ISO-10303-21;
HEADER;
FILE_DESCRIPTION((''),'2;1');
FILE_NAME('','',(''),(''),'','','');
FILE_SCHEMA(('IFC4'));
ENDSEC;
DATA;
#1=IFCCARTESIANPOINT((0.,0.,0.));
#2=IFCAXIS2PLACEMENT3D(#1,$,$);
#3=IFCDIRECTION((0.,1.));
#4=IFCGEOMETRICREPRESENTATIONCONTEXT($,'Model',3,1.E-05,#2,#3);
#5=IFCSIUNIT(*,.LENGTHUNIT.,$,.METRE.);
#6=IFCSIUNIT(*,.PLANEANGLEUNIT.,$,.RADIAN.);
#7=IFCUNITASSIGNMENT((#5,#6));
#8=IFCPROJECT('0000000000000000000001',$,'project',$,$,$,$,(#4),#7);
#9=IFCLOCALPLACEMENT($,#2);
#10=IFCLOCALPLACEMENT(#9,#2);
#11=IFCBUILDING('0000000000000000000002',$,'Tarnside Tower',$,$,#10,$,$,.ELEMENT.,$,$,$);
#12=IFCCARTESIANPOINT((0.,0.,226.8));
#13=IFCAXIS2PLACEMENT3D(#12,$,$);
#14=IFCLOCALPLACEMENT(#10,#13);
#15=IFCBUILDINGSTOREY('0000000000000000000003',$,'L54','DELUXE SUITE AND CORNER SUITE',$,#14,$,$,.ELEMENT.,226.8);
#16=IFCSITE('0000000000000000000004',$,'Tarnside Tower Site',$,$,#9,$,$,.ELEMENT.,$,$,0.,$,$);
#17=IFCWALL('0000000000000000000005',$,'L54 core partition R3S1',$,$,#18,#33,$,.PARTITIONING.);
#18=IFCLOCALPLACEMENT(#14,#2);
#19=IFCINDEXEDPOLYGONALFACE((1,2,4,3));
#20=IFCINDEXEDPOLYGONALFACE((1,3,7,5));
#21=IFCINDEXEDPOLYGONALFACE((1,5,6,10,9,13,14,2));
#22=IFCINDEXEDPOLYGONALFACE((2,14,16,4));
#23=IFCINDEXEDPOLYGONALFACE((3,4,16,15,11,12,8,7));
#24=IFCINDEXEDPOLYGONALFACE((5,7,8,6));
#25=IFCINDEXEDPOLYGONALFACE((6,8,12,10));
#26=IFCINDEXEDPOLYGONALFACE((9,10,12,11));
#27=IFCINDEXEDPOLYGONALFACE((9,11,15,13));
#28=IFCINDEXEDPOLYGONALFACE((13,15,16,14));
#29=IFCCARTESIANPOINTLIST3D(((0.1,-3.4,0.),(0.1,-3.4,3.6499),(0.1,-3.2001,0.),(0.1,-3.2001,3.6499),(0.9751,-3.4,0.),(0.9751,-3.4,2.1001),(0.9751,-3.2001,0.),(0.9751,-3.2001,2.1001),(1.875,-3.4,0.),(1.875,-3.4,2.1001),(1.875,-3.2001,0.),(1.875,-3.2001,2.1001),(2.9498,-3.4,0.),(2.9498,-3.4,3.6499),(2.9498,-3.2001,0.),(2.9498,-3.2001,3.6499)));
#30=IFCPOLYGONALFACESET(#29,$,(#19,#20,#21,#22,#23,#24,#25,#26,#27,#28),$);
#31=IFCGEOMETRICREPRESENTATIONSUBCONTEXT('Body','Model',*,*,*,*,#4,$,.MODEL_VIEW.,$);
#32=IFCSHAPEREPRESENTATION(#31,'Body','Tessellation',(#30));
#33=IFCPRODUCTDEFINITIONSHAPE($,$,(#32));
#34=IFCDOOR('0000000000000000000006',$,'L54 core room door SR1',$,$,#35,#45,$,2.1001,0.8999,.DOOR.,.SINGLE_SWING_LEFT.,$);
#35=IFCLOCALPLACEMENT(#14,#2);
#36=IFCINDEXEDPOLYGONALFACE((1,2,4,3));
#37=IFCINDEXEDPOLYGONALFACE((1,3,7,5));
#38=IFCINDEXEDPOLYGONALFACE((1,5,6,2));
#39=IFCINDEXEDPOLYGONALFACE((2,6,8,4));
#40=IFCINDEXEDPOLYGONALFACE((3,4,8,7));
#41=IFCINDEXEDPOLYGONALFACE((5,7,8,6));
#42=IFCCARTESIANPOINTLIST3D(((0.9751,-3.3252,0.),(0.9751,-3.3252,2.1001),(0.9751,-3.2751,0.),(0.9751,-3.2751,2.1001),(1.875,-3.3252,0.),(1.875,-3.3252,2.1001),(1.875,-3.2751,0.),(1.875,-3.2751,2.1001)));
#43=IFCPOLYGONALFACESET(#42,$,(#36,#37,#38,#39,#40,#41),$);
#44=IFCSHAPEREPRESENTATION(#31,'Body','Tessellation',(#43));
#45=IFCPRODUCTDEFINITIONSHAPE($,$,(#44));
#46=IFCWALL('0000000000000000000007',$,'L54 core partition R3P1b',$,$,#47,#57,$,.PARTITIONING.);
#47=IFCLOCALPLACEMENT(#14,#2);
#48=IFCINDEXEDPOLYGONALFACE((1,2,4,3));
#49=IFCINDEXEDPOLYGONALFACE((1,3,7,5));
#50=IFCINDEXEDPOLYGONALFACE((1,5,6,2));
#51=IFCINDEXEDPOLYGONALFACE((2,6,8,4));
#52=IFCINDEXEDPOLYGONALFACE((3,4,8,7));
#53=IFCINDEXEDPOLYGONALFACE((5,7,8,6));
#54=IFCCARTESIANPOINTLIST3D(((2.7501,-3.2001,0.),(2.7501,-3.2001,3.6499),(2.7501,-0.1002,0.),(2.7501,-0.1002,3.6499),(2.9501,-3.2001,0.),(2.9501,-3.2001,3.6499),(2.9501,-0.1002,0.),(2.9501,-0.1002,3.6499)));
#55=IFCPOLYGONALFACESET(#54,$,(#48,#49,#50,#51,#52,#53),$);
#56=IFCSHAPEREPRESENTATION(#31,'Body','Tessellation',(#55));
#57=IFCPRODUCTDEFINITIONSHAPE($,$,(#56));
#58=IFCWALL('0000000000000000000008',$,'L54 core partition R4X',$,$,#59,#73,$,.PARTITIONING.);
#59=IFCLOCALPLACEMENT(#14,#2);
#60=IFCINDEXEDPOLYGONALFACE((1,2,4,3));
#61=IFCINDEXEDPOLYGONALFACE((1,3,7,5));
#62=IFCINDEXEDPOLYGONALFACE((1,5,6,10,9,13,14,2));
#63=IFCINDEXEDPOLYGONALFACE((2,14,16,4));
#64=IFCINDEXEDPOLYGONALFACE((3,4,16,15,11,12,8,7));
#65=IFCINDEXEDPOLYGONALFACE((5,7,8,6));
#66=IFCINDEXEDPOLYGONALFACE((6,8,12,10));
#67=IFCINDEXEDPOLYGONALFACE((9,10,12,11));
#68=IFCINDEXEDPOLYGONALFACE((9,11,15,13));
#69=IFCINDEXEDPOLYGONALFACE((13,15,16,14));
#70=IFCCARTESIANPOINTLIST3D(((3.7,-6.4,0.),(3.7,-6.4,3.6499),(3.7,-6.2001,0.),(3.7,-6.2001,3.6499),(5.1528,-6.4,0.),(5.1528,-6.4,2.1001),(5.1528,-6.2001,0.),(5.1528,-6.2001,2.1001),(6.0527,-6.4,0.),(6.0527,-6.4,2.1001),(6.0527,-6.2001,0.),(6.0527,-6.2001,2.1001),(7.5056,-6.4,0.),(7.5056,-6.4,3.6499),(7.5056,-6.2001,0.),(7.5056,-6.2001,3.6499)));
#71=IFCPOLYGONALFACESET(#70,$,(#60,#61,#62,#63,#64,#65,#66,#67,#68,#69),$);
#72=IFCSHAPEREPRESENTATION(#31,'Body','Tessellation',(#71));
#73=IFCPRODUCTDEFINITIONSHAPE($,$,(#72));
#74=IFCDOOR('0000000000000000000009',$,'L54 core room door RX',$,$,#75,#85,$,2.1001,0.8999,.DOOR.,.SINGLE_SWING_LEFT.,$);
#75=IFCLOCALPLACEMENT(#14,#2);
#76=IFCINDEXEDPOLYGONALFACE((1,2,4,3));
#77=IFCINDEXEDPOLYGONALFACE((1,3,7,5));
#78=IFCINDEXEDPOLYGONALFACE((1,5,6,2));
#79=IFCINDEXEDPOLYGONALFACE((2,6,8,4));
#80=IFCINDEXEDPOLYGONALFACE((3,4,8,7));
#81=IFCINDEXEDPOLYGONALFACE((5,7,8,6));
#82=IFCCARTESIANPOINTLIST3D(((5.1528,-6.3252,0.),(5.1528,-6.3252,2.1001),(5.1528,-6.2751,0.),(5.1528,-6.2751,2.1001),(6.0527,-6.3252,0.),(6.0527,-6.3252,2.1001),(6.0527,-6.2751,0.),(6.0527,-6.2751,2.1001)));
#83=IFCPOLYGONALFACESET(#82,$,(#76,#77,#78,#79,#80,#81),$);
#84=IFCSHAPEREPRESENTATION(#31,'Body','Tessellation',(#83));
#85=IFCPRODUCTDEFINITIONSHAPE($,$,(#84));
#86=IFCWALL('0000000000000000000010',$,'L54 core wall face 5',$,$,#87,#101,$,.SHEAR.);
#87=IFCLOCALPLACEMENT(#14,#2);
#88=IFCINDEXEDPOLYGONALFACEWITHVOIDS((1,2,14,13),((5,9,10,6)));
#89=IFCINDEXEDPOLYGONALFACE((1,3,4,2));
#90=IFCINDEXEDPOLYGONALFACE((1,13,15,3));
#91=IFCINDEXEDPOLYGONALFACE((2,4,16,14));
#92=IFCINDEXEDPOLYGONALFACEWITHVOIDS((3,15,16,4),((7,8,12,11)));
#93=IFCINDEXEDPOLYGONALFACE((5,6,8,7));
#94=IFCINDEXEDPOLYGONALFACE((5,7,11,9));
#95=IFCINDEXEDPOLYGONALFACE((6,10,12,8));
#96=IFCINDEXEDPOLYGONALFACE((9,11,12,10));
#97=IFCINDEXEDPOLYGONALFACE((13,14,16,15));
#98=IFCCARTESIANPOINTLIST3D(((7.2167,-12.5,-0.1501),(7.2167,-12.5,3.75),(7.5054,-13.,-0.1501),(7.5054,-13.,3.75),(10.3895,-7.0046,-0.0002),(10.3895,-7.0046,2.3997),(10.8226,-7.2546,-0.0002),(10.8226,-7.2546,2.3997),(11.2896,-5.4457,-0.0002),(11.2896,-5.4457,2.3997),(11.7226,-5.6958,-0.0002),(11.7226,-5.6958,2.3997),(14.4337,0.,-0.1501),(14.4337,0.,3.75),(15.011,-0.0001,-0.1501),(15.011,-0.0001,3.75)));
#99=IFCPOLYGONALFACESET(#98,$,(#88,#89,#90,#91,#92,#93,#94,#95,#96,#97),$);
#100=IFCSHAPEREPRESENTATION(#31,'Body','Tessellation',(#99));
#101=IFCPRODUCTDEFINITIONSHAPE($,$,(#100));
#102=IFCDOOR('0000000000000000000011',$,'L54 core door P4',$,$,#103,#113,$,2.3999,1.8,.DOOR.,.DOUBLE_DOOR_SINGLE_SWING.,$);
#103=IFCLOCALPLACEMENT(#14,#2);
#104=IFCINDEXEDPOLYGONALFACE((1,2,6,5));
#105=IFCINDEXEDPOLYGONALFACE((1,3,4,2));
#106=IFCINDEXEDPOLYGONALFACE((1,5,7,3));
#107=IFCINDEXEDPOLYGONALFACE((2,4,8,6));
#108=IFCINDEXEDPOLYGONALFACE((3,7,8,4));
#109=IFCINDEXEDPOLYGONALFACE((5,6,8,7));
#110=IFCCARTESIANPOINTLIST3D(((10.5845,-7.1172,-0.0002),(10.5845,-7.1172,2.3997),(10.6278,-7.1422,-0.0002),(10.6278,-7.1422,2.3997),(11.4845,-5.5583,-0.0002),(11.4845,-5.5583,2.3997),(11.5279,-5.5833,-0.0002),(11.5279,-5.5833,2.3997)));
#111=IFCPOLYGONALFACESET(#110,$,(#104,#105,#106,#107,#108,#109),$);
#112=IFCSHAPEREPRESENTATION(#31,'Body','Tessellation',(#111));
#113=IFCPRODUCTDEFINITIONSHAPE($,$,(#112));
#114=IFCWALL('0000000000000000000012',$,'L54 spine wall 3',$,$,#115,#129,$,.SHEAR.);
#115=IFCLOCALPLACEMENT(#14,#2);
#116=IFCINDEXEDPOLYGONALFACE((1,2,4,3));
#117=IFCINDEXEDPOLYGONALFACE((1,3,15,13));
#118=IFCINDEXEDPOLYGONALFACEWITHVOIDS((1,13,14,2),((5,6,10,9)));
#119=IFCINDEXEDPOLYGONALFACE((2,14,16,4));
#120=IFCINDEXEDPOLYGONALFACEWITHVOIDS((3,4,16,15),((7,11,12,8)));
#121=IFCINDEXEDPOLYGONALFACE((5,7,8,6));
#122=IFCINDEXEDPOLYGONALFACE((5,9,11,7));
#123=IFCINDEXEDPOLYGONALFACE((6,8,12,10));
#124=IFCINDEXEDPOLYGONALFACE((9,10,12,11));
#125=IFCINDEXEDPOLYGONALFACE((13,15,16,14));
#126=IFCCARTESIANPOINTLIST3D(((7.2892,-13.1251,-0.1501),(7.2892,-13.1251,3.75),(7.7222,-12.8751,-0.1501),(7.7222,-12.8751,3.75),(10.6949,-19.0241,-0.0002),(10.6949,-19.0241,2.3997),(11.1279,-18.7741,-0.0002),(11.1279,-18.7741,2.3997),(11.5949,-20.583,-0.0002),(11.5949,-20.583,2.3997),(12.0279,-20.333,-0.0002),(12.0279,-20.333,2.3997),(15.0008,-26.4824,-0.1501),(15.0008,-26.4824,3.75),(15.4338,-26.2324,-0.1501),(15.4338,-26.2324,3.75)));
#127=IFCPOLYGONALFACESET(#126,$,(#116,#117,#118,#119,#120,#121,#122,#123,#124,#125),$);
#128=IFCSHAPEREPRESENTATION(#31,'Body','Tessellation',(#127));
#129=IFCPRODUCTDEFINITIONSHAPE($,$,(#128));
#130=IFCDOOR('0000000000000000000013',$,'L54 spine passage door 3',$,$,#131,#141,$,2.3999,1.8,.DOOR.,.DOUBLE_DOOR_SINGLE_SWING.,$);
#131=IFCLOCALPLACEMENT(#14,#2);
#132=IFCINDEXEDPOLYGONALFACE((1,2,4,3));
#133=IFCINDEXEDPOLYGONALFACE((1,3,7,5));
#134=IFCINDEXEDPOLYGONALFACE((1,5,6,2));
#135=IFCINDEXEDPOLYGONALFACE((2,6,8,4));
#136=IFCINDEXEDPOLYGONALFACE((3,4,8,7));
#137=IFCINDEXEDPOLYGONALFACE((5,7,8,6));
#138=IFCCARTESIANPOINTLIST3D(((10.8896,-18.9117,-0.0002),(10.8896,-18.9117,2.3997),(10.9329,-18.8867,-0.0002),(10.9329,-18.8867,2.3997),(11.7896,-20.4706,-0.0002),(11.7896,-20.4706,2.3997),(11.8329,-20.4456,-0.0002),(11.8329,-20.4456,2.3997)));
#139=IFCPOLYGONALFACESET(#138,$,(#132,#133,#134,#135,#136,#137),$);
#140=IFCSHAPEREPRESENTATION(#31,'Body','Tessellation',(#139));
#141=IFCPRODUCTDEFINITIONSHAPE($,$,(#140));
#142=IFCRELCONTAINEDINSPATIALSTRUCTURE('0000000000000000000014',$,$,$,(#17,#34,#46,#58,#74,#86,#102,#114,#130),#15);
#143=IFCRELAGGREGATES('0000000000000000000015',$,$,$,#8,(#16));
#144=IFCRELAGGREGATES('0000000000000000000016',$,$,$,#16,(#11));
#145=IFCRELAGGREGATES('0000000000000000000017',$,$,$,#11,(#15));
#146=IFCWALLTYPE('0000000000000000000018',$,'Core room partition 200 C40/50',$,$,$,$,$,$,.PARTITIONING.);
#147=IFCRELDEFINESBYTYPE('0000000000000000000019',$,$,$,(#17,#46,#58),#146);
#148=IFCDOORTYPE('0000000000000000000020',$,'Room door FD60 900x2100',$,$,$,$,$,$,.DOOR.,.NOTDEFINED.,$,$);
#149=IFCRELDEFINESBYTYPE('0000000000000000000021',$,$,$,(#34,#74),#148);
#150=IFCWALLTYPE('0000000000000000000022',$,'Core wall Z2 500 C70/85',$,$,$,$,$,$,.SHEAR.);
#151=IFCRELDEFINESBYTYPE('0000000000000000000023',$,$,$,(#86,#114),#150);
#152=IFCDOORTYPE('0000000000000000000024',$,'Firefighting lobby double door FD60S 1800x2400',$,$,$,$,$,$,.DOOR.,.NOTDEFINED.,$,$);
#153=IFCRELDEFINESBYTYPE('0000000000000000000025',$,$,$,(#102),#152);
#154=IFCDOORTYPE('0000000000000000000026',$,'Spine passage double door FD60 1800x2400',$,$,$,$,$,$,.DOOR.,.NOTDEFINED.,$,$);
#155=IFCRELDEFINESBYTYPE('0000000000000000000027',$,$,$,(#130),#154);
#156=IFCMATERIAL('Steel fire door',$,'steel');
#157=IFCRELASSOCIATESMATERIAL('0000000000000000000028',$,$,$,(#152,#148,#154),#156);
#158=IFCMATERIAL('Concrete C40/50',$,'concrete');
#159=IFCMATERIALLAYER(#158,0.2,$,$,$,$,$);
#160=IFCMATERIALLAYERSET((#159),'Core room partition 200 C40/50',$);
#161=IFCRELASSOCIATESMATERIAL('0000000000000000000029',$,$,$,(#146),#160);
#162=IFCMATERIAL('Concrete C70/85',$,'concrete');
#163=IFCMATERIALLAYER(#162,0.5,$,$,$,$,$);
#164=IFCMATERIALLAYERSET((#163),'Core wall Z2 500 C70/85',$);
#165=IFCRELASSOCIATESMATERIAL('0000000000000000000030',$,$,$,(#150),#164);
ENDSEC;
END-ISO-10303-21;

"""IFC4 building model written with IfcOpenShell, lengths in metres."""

from ifc_helpers import new_model, si_unit, direction, frame, frame_2d, origin, place, context, subcontext, project, spatial, polyline, rectangle, outline, extrude, material, layer, layer_set, type_object, element, fill, save


model = new_model("IFC4")

# Units and contexts
model_context = context("Model", 3, precision=1e-05, world=origin(), true_north=direction((0.0, 1.0)))
body_context = subcontext(model_context, "Body", "Model", "MODEL_VIEW")
ifc_project = project(units=[si_unit("LENGTHUNIT", "METRE"), si_unit("PLANEANGLEUNIT", "RADIAN")], contexts=[model_context])

# Site, building, storey
site_placement = place(None, origin())
site = spatial("IfcSite", under=ifc_project, at=site_placement, Name="Tarnside Tower Site", CompositionType="ELEMENT", RefElevation=0.0)
building_placement = place(site_placement, origin())
building = spatial("IfcBuilding", under=site, at=building_placement, Name="Tarnside Tower", CompositionType="ELEMENT")
storey_placement = place(building_placement, frame((0.0, 0.0, 226.8)))
storey = spatial("IfcBuildingStorey", under=building, at=storey_placement, Name="L54", Description="DELUXE SUITE AND CORNER SUITE", CompositionType="ELEMENT", Elevation=226.8)

# Shared definitions
ifc_material_1 = material(Name="Concrete C40/50", Category="concrete")

# Wall, opening, door
ifc_material_2 = material(Name="Steel fire door", Category="steel")
door_type_1 = type_object("IfcDoorType", Name="Firefighting lobby double door FD60S 1800x2400", OperationType="NOTDEFINED", PredefinedType="DOOR", material=ifc_material_2)
ifc_layer_1 = layer(ifc_material_1, 0.2)
ifc_layer_set_1 = layer_set([ifc_layer_1], Name="Core room partition 200 C40/50")
wall_type_1 = type_object("IfcWallType", Name="Core room partition 200 C40/50", PredefinedType="PARTITIONING", material=ifc_layer_set_1)
wall_1_placement = place(storey_placement, frame((0.1001, -3.3, 0.0), z_axis=(0.0, 0.0, 1.0), x_axis=(1.0, 0.0, 0.0)))
wall_1 = element("IfcWall", 1, at=wall_1_placement, inside=storey, type_object=wall_type_1, Name="L54 core partition R3S1", PredefinedType="PARTITIONING", context=body_context, shape_type="SweptSolid", body=[
    extrude(rectangle(XDim=2.8499, YDim=0.2, at=frame_2d((1.4248, 0.0))), origin(), (0.0, 0.0, 1.0), 3.6499),
])
opening_1_placement = place(wall_1_placement, frame((0.875, 0.0, 0.0)))
opening_1 = element("IfcOpeningElement", 2, at=opening_1_placement, cuts=wall_1, PredefinedType="OPENING", context=body_context, shape_type="SweptSolid", body=[
    extrude(rectangle(XDim=0.8999, YDim=2.1001, at=frame_2d((0.45, 1.05))), frame((0.0, 0.1099, 0.0), z_axis=(0.0, -1.0, 0.0), x_axis=(1.0, 0.0, 0.0)), (0.0, 0.0, 1.0), 0.22),
])
door_type_2 = type_object("IfcDoorType", Name="Room door FD60 900x2100", OperationType="NOTDEFINED", PredefinedType="DOOR", material=ifc_material_2)
door_1_placement = place(opening_1_placement, origin())
door_1 = element("IfcDoor", 3, at=door_1_placement, inside=storey, type_object=door_type_2, Name="L54 core room door SR1", OperationType="SINGLE_SWING_LEFT", OverallHeight=2.1001, OverallWidth=0.8999, PredefinedType="DOOR", context=body_context, shape_type="SweptSolid", body=[
    extrude(rectangle(XDim=0.8999, YDim=2.1001, at=frame_2d((0.45, 1.05))), frame((0.0, 0.0249, 0.0), z_axis=(0.0, -1.0, 0.0), x_axis=(1.0, 0.0, 0.0)), (0.0, 0.0, 1.0), 0.05),
])
fill(opening_1, door_1)

# Wall
wall_2_placement = place(storey_placement, frame((2.8501, -3.2, 0.0), z_axis=(0.0, 0.0, 1.0), x_axis=(0.0, 1.0, 0.0)))
element("IfcWall", 4, at=wall_2_placement, inside=storey, type_object=wall_type_1, Name="L54 core partition R3P1b", PredefinedType="PARTITIONING", context=body_context, shape_type="SweptSolid", body=[
    extrude(rectangle(XDim=3.0999, YDim=0.2, at=frame_2d((1.5498, 0.0))), origin(), (0.0, 0.0, 1.0), 3.6499),
])

# Walls, openings, doors
wall_3_placement = place(storey_placement, frame((3.7, -6.3, 0.0), z_axis=(0.0, 0.0, 1.0), x_axis=(1.0, 0.0, 0.0)))
wall_3 = element("IfcWall", 5, at=wall_3_placement, inside=storey, type_object=wall_type_1, Name="L54 core partition R4X", PredefinedType="PARTITIONING", context=body_context, shape_type="SweptSolid", body=[
    extrude(rectangle(XDim=3.8057, YDim=0.2, at=frame_2d((1.9028, 0.0))), origin(), (0.0, 0.0, 1.0), 3.6499),
])
opening_2_placement = place(wall_3_placement, frame((1.4529, 0.0, 0.0)))
opening_2 = element("IfcOpeningElement", 6, at=opening_2_placement, cuts=wall_3, PredefinedType="OPENING", context=body_context, shape_type="SweptSolid", body=[
    extrude(rectangle(XDim=0.8999, YDim=2.1001, at=frame_2d((0.45, 1.05))), frame((0.0, 0.1099, 0.0), z_axis=(0.0, -1.0, 0.0), x_axis=(1.0, 0.0, 0.0)), (0.0, 0.0, 1.0), 0.22),
])
door_2_placement = place(opening_2_placement, origin())
door_2 = element("IfcDoor", 7, at=door_2_placement, inside=storey, type_object=door_type_2, Name="L54 core room door RX", OperationType="SINGLE_SWING_LEFT", OverallHeight=2.1001, OverallWidth=0.8999, PredefinedType="DOOR", context=body_context, shape_type="SweptSolid", body=[
    extrude(rectangle(XDim=0.8999, YDim=2.1001, at=frame_2d((0.45, 1.05))), frame((0.0, 0.0249, 0.0), z_axis=(0.0, -1.0, 0.0), x_axis=(1.0, 0.0, 0.0)), (0.0, 0.0, 1.0), 0.05),
])
fill(opening_2, door_2)
ifc_material_3 = material(Name="Concrete C70/85", Category="concrete")
ifc_layer_2 = layer(ifc_material_3, 0.5)
ifc_layer_set_2 = layer_set([ifc_layer_2], Name="Core wall Z2 500 C70/85")
wall_type_2 = type_object("IfcWallType", Name="Core wall Z2 500 C70/85", PredefinedType="SHEAR", material=ifc_layer_set_2)
wall_4_placement = place(storey_placement, frame((7.3611, -12.75, -0.1501), z_axis=(0.0, 0.0, 1.0), x_axis=(0.500006, 0.866022, 0.0)))
wall_4 = element("IfcWall", 8, at=wall_4_placement, inside=storey, type_object=wall_type_2, Name="L54 core wall face 5", PredefinedType="SHEAR", context=body_context, shape_type="SweptSolid", body=[
    extrude(outline(polyline([(-0.1443, -0.25), (14.8667, -0.25), (14.5781, 0.25), (0.1443, 0.25), (-0.1443, -0.25)])), origin(), (0.0, 0.0, 1.0), 3.9001),
])
opening_3_placement = place(wall_4_placement, frame((6.49, 0.0, 0.1499)))
opening_3 = element("IfcOpeningElement", 9, at=opening_3_placement, cuts=wall_4, PredefinedType="OPENING", context=body_context, shape_type="SweptSolid", body=[
    extrude(rectangle(XDim=1.8, YDim=2.3999, at=frame_2d((0.8999, 1.2))), frame((0.0, 0.26, 0.0), z_axis=(0.0, -1.0, 0.0), x_axis=(1.0, 0.0, 0.0)), (0.0, 0.0, 1.0), 0.52),
])
door_3_placement = place(opening_3_placement, origin())
door_3 = element("IfcDoor", 10, at=door_3_placement, inside=storey, type_object=door_type_1, Name="L54 core door P4", OperationType="DOUBLE_DOOR_SINGLE_SWING", OverallHeight=2.3999, OverallWidth=1.8, PredefinedType="DOOR", context=body_context, shape_type="SweptSolid", body=[
    extrude(rectangle(XDim=1.8, YDim=2.3999, at=frame_2d((0.8999, 1.2))), frame((0.0, 0.0249, 0.0), z_axis=(0.0, -1.0, 0.0), x_axis=(1.0, 0.0, 0.0)), (0.0, 0.0, 1.0), 0.05),
])
fill(opening_3, door_3)
wall_5_placement = place(storey_placement, frame((7.5056, -13.0, -0.1501), z_axis=(0.0, 0.0, 1.0), x_axis=(0.499988, -0.866032, 0.0)))
wall_5 = element("IfcWall", 11, at=wall_5_placement, inside=storey, type_object=wall_type_2, Name="L54 spine wall 3", PredefinedType="SHEAR", context=body_context, shape_type="SweptSolid", body=[
    extrude(rectangle(XDim=15.4236, YDim=0.5, at=frame_2d((7.7119, 0.0))), origin(), (0.0, 0.0, 1.0), 3.9001),
])
opening_4_placement = place(wall_5_placement, frame((6.8118, 0.0, 0.1499)))
opening_4 = element("IfcOpeningElement", 12, at=opening_4_placement, cuts=wall_5, PredefinedType="OPENING", context=body_context, shape_type="SweptSolid", body=[
    extrude(rectangle(XDim=1.8, YDim=2.3999, at=frame_2d((0.8999, 1.2))), frame((0.0, 0.26, 0.0), z_axis=(0.0, -1.0, 0.0), x_axis=(1.0, 0.0, 0.0)), (0.0, 0.0, 1.0), 0.52),
])
door_type_3 = type_object("IfcDoorType", Name="Spine passage double door FD60 1800x2400", OperationType="NOTDEFINED", PredefinedType="DOOR", material=ifc_material_2)
door_4_placement = place(opening_4_placement, origin())
door_4 = element("IfcDoor", 13, at=door_4_placement, inside=storey, type_object=door_type_3, Name="L54 spine passage door 3", OperationType="DOUBLE_DOOR_SINGLE_SWING", OverallHeight=2.3999, OverallWidth=1.8, PredefinedType="DOOR", context=body_context, shape_type="SweptSolid", body=[
    extrude(rectangle(XDim=1.8, YDim=2.3999, at=frame_2d((0.8999, 1.2))), frame((0.0, 0.0249, 0.0), z_axis=(0.0, -1.0, 0.0), x_axis=(1.0, 0.0, 0.0)), (0.0, 0.0, 1.0), 0.05),
])
fill(opening_4, door_4)

save(model, "model.ifc")
